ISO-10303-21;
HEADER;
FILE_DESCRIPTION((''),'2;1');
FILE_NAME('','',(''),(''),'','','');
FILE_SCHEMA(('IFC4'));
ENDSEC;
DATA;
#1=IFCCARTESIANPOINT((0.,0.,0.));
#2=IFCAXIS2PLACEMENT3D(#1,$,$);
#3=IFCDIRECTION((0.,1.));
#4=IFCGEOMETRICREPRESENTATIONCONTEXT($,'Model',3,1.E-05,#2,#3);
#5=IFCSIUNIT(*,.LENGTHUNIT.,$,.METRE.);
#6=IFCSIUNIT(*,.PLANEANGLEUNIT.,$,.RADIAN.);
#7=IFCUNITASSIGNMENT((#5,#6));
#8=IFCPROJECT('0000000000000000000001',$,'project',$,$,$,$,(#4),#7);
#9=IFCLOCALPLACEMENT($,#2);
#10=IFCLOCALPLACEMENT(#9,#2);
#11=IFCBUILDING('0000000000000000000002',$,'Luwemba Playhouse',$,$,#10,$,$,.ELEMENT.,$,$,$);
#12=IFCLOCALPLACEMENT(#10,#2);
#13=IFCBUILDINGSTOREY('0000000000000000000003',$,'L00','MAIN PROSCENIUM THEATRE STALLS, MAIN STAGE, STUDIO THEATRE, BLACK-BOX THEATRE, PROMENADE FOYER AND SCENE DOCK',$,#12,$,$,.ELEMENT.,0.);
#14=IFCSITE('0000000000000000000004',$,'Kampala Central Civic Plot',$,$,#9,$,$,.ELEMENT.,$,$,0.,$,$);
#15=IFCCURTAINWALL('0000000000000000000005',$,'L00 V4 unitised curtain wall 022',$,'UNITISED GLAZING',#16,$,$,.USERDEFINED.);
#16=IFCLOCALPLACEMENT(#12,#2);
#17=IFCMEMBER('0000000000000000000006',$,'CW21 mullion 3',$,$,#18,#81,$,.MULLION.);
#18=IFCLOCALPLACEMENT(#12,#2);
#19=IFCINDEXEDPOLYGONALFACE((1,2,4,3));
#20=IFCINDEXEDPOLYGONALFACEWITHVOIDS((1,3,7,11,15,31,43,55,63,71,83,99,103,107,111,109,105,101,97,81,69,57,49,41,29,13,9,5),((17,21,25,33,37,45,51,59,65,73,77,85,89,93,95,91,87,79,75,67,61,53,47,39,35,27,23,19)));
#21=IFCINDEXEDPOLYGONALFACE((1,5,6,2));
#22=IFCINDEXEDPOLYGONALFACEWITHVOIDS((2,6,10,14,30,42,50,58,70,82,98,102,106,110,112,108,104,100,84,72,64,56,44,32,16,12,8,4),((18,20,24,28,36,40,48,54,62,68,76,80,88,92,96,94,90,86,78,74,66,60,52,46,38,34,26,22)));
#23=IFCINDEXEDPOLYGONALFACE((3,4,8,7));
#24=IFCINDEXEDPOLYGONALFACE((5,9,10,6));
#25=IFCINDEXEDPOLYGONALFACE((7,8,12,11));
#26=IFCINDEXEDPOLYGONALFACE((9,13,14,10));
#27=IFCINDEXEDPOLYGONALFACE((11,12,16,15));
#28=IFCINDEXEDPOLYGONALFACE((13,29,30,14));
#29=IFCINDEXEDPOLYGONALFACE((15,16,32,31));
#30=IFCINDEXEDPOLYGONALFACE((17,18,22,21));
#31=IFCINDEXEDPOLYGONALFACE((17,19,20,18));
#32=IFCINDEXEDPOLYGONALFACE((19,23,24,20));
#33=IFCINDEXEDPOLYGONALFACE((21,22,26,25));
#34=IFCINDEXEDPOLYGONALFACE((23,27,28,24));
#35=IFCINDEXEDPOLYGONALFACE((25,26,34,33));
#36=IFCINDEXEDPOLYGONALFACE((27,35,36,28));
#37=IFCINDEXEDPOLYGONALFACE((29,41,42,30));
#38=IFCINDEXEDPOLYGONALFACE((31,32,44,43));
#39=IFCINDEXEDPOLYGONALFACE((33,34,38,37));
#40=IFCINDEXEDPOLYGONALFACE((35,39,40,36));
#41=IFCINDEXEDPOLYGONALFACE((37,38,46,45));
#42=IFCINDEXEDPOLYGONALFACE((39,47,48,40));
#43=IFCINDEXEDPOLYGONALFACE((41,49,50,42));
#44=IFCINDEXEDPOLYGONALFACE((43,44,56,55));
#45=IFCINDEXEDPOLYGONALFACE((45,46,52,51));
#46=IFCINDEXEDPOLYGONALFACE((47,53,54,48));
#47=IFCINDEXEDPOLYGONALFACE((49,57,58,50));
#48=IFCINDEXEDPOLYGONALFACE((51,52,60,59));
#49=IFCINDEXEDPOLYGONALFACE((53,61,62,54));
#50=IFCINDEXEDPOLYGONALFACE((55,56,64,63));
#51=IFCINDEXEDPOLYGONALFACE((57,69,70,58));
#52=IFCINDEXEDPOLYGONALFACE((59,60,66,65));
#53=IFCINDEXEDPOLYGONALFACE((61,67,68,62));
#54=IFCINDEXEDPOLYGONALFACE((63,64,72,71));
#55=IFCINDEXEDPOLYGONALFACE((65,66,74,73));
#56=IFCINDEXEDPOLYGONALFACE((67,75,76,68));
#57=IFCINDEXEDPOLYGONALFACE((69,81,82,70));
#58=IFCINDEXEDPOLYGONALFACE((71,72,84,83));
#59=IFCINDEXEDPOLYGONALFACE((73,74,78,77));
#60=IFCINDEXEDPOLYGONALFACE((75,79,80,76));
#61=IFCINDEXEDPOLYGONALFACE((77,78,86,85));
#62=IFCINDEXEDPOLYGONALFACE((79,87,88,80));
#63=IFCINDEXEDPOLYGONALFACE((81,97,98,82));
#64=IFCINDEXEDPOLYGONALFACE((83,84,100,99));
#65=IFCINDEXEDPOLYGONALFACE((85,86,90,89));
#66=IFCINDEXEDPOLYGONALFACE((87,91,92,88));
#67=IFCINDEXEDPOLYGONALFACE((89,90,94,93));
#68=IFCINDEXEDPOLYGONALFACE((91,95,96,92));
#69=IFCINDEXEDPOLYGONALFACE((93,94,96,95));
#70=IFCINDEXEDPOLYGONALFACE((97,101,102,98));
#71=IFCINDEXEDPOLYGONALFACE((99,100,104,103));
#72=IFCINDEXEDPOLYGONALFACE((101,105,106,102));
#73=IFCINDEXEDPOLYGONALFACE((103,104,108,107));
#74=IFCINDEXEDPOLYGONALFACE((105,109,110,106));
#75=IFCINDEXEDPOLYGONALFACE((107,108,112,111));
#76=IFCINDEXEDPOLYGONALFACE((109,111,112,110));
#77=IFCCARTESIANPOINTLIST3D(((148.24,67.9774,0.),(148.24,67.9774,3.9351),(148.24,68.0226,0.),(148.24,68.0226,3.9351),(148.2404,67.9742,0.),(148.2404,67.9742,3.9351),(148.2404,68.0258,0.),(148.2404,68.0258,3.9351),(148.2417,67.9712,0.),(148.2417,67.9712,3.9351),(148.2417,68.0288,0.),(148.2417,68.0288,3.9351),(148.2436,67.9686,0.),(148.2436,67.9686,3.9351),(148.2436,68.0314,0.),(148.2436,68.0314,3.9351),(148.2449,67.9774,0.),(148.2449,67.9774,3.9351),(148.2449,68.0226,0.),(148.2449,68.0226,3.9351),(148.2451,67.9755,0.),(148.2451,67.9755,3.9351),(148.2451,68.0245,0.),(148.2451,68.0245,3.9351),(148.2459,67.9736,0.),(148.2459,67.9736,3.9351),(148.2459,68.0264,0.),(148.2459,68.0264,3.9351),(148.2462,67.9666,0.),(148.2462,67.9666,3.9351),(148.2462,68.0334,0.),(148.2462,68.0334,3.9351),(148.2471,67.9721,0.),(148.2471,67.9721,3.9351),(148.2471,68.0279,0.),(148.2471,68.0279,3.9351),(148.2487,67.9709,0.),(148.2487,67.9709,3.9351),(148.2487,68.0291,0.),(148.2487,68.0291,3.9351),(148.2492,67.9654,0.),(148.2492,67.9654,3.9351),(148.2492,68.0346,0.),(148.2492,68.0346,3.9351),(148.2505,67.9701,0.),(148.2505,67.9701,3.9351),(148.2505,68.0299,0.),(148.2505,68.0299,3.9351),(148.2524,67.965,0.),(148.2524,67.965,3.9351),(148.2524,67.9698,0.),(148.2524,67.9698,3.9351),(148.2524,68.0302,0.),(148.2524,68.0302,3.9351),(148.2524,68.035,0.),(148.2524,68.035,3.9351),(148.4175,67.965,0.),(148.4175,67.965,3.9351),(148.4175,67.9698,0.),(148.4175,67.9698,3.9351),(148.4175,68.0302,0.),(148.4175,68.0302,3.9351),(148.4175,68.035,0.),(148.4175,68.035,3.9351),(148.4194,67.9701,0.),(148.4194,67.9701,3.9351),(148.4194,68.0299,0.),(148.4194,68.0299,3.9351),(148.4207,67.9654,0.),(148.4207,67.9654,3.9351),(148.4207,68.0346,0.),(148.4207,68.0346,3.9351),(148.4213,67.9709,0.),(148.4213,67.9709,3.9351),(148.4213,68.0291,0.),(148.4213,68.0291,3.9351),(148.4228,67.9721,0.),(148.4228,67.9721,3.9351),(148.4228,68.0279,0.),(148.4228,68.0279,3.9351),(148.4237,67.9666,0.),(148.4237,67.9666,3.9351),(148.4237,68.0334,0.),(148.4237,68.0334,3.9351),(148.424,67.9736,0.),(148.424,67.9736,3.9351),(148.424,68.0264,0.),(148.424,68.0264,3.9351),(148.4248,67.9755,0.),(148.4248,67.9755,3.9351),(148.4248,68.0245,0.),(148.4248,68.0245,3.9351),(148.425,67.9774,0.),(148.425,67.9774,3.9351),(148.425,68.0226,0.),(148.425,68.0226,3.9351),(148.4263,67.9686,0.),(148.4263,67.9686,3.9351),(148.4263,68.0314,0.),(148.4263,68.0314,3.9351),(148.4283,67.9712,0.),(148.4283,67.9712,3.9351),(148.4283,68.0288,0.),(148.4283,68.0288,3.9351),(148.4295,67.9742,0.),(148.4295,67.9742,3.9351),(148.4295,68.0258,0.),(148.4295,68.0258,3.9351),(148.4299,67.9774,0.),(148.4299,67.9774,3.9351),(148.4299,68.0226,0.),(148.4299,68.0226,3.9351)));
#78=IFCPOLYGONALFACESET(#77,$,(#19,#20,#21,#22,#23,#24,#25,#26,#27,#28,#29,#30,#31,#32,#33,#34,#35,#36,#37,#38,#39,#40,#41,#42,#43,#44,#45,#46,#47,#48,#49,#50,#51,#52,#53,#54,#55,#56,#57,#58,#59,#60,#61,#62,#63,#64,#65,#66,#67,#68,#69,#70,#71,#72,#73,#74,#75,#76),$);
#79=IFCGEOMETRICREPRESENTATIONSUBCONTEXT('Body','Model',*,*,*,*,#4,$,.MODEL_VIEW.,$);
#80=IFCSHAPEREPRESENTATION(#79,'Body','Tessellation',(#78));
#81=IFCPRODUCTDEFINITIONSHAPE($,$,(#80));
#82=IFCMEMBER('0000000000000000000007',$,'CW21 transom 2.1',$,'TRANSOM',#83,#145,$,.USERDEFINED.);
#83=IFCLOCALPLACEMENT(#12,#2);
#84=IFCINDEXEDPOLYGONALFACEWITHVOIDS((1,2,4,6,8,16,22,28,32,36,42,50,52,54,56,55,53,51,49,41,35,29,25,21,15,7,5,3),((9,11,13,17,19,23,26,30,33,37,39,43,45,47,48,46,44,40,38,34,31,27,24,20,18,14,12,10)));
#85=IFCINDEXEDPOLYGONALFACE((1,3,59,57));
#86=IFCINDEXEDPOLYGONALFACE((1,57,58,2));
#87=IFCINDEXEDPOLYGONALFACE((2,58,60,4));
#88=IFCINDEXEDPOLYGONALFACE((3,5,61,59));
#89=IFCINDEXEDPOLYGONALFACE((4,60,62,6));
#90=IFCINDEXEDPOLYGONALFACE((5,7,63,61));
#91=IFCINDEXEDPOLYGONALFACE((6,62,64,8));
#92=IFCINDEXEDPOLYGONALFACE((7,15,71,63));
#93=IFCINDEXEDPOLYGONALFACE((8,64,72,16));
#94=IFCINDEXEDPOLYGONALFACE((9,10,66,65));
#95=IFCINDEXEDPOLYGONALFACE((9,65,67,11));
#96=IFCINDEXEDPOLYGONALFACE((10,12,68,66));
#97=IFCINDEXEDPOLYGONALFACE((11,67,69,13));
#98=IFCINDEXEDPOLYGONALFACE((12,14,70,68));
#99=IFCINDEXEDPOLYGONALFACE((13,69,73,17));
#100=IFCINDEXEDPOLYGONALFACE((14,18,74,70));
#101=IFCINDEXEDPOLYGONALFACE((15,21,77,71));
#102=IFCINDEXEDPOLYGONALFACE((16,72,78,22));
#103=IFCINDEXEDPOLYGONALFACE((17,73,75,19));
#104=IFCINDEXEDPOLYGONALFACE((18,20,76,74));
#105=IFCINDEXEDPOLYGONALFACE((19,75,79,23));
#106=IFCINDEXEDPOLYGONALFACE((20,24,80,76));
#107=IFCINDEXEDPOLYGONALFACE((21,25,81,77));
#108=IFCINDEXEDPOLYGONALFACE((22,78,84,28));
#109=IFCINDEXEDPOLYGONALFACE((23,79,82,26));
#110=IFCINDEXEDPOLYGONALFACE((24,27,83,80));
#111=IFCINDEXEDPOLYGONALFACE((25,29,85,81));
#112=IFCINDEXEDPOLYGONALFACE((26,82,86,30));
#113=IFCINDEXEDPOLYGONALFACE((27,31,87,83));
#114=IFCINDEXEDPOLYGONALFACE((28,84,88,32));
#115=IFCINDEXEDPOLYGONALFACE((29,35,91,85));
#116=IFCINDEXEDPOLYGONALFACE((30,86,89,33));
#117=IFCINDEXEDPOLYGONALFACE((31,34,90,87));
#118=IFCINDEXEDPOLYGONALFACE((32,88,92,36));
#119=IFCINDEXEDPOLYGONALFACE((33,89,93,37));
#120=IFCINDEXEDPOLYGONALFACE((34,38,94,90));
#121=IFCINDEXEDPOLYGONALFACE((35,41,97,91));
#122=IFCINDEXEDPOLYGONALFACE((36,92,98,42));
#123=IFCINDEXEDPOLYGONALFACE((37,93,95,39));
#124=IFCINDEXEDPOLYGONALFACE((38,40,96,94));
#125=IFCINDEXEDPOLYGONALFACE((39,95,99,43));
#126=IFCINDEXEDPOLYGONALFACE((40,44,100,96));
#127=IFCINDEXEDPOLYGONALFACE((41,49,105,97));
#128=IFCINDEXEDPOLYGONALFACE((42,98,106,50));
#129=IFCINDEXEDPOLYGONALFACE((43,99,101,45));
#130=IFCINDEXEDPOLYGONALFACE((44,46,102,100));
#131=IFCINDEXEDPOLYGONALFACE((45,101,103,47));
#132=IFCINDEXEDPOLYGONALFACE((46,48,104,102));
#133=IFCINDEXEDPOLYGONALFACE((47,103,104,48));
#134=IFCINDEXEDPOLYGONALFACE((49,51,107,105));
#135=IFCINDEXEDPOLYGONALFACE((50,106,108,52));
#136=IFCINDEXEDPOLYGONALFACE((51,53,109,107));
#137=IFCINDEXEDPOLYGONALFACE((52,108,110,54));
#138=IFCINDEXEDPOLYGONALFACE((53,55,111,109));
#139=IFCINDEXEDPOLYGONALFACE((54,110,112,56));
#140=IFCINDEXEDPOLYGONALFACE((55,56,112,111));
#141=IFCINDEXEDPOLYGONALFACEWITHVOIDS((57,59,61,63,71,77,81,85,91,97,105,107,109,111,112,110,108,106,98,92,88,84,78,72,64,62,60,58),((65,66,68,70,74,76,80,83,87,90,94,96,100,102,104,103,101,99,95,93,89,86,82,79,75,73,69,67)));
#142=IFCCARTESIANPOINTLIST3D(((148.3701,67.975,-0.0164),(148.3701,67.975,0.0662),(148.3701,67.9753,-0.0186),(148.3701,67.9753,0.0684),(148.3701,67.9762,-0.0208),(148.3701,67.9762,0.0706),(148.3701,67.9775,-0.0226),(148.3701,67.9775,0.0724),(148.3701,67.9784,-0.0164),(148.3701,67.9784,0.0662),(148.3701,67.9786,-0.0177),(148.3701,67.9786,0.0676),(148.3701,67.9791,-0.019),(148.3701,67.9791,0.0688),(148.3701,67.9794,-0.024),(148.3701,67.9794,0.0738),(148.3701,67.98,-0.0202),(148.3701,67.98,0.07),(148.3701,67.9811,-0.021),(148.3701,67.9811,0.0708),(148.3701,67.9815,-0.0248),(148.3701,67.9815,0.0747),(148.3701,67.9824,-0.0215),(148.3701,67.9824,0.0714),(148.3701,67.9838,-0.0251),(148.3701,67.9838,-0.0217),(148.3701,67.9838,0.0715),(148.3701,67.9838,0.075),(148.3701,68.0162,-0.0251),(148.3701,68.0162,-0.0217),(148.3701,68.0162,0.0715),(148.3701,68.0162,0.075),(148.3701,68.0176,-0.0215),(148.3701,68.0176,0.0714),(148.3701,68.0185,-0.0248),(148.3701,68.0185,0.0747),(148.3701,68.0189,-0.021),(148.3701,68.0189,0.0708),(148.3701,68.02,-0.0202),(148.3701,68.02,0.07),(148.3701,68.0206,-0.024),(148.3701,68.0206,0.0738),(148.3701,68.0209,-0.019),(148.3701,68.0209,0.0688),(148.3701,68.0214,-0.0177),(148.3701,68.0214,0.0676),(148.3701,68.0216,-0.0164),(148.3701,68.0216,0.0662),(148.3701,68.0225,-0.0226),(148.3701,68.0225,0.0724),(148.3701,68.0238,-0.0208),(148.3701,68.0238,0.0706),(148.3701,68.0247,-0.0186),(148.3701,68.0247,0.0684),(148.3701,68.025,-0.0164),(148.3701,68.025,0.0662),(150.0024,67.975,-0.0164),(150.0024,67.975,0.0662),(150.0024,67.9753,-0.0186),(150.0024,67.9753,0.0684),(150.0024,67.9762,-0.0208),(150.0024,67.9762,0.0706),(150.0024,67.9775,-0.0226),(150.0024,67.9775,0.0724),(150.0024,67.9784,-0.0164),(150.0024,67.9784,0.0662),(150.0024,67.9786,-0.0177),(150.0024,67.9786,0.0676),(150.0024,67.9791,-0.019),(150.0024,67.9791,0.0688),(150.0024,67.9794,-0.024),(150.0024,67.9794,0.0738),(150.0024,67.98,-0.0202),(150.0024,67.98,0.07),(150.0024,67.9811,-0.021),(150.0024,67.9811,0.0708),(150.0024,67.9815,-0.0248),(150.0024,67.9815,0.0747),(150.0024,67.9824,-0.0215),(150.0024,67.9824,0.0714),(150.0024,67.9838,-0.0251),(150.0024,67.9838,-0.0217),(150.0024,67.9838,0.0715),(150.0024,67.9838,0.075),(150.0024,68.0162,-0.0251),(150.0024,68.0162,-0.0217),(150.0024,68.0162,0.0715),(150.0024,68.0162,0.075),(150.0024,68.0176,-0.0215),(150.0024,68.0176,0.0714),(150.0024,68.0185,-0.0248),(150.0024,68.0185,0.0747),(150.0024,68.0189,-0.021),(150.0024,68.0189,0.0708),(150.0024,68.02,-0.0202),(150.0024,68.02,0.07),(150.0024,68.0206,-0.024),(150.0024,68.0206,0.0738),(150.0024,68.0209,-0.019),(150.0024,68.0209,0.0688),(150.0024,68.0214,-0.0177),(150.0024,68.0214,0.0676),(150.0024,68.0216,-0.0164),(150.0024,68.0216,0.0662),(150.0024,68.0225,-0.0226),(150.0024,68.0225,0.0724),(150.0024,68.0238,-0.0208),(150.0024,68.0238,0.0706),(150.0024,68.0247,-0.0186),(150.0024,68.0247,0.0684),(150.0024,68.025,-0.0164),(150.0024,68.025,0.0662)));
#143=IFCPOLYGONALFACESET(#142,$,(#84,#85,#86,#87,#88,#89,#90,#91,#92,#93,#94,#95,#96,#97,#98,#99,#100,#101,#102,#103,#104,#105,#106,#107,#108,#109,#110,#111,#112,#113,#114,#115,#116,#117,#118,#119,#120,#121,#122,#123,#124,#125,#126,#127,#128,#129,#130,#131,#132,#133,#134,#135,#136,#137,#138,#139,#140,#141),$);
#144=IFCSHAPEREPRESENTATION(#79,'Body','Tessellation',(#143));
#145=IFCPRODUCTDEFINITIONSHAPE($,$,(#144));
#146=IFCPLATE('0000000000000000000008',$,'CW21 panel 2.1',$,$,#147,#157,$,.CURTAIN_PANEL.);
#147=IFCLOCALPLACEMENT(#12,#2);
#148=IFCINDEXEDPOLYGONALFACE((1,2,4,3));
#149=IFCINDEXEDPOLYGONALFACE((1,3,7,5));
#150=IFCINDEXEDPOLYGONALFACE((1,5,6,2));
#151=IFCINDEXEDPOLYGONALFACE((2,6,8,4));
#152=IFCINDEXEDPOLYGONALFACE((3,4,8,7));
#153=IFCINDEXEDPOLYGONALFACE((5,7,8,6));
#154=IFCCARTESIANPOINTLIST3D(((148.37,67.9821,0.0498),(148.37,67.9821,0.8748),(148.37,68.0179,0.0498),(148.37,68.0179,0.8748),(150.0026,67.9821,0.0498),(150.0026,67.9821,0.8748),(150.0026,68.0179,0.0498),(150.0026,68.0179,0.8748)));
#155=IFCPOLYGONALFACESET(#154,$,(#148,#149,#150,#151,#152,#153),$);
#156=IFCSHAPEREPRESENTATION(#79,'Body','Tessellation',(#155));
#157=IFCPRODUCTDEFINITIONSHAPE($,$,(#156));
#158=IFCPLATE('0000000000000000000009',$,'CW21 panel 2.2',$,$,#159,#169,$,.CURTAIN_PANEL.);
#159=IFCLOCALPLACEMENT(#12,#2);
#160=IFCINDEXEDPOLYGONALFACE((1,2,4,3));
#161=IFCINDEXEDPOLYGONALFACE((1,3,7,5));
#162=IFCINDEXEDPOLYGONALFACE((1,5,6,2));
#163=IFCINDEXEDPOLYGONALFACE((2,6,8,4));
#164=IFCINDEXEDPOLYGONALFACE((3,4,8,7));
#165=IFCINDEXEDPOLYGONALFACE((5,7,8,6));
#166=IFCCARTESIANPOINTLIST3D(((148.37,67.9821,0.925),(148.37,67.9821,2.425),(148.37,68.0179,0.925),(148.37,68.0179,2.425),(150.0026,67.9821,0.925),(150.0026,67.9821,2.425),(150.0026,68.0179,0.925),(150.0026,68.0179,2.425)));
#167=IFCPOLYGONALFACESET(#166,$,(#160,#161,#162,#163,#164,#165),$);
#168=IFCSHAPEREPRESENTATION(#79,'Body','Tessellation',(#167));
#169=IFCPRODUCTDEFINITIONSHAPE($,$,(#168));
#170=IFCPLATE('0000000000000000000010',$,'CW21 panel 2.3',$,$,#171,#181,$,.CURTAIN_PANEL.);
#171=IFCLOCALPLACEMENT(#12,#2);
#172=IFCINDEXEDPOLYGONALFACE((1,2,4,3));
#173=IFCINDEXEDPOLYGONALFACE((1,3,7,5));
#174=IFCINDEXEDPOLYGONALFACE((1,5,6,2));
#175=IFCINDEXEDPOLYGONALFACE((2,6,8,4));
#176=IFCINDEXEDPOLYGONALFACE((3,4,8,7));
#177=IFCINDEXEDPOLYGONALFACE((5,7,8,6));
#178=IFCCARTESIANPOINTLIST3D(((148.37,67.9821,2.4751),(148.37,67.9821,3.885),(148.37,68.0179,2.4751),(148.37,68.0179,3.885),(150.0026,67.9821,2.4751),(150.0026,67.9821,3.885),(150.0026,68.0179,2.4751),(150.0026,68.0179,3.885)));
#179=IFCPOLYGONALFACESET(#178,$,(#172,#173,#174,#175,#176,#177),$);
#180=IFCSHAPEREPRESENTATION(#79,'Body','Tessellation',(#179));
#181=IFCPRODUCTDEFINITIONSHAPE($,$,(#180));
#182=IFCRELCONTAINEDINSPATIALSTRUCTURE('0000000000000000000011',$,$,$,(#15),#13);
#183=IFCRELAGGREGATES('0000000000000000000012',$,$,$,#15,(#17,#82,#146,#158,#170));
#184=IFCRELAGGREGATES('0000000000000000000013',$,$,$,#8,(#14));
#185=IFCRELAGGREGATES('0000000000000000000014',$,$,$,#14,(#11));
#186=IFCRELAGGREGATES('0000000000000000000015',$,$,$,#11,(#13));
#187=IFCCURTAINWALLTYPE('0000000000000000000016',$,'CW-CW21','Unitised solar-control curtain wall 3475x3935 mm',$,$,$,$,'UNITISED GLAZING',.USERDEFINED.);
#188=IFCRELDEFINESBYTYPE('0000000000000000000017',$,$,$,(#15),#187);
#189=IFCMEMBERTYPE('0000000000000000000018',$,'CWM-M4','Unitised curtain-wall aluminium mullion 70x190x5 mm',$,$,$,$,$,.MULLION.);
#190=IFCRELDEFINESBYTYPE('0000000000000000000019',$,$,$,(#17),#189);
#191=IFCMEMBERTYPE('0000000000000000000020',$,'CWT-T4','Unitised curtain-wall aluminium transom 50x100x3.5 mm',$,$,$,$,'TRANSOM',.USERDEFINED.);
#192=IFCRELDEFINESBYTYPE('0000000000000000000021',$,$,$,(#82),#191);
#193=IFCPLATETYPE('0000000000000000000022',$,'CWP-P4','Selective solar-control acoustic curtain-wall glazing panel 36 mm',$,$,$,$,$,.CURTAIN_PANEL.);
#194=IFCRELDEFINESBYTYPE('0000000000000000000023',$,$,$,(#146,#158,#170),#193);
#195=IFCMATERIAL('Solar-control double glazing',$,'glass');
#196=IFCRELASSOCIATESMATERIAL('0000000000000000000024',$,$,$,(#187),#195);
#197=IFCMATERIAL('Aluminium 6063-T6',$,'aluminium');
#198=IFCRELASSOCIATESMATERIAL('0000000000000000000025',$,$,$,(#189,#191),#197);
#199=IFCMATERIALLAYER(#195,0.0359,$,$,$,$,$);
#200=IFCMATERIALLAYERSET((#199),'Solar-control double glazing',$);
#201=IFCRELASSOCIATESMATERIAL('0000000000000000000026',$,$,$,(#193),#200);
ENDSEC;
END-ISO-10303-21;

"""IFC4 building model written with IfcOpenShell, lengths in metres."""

from ifc_helpers import new_model, si_unit, direction, frame, origin, origin_2d, place, context, subcontext, project, spatial, rectangle, hollow_rectangle, extrude, material, layer, layer_set, material_profile, profile_set, type_object, element, aggregate, save


model = new_model("IFC4")

# Units and contexts
model_context = context("Model", 3, precision=1e-05, world=origin(), true_north=direction((0.0, 1.0)))
body_context = subcontext(model_context, "Body", "Model", "MODEL_VIEW")
ifc_project = project(units=[si_unit("LENGTHUNIT", "METRE"), si_unit("PLANEANGLEUNIT", "RADIAN")], contexts=[model_context])

# Site, building, storey
site_placement = place(None, origin())
site = spatial("IfcSite", under=ifc_project, at=site_placement, Name="Kampala Central Civic Plot", CompositionType="ELEMENT", RefElevation=0.0)
building_placement = place(site_placement, origin())
building = spatial("IfcBuilding", under=site, at=building_placement, Name="Luwemba Playhouse", CompositionType="ELEMENT")
storey_placement = place(building_placement, origin())
storey = spatial("IfcBuildingStorey", under=building, at=storey_placement, Name="L00", Description="MAIN PROSCENIUM THEATRE STALLS, MAIN STAGE, STUDIO THEATRE, BLACK-BOX THEATRE, PROMENADE FOYER AND SCENE DOCK", CompositionType="ELEMENT", Elevation=0.0)

# Curtain wall, members, plates
ifc_material_1 = material(Name="Solar-control double glazing", Category="glass")
curtain_wall_type = type_object("IfcCurtainWallType", Name="CW-CW21", Description="Unitised solar-control curtain wall 3475x3935 mm", ElementType="UNITISED GLAZING", PredefinedType="USERDEFINED", material=ifc_material_1)
curtain_wall_placement = place(storey_placement, origin())
curtain_wall = element("IfcCurtainWall", 1, at=curtain_wall_placement, inside=storey, type_object=curtain_wall_type, Name="L00 V4 unitised curtain wall 022", ObjectType="UNITISED GLAZING", PredefinedType="USERDEFINED")
ifc_material_2 = material(Name="Aluminium 6063-T6", Category="aluminium")
ifc_material_profile_1 = material_profile(ifc_material_2, hollow_rectangle(XDim=0.0701, YDim=0.1899, WallThickness=0.0049, InnerFilletRadius=0.0076, OuterFilletRadius=0.0125, at=origin_2d()))
ifc_profile_set_1 = profile_set([ifc_material_profile_1], Name="Aluminium 6063-T6")
member_type_1 = type_object("IfcMemberType", Name="CWM-M4", Description="Unitised curtain-wall aluminium mullion 70x190x5 mm", PredefinedType="MULLION", material=ifc_profile_set_1)
member_1_placement = place(storey_placement, frame((148.335, 68.0, 0.0), z_axis=(0.0, 0.0, 1.0), x_axis=(0.0, -1.0, 0.0)))
member_1 = element("IfcMember", 2, at=member_1_placement, type_object=member_type_1, Name="CW21 mullion 3", PredefinedType="MULLION", context=body_context, shape_type="SweptSolid", body=[
    extrude(hollow_rectangle(XDim=0.0701, YDim=0.1899, WallThickness=0.0049, InnerFilletRadius=0.0076, OuterFilletRadius=0.0125, at=origin_2d()), origin(), (0.0, 0.0, 1.0), 3.9351),
])
ifc_material_profile_2 = material_profile(ifc_material_2, hollow_rectangle(XDim=0.05, YDim=0.1001, WallThickness=0.0034, InnerFilletRadius=0.0054, OuterFilletRadius=0.0088, at=origin_2d()))
ifc_profile_set_2 = profile_set([ifc_material_profile_2], Name="Aluminium 6063-T6")
member_type_2 = type_object("IfcMemberType", Name="CWT-T4", Description="Unitised curtain-wall aluminium transom 50x100x3.5 mm", ElementType="TRANSOM", PredefinedType="USERDEFINED", material=ifc_profile_set_2)
member_2_placement = place(storey_placement, frame((150.0024, 68.0, 0.0249), z_axis=(-1.0, 0.0, 0.0), x_axis=(0.0, -1.0, 0.0)))
member_2 = element("IfcMember", 3, at=member_2_placement, type_object=member_type_2, Name="CW21 transom 2.1", ObjectType="TRANSOM", PredefinedType="USERDEFINED", context=body_context, shape_type="SweptSolid", body=[
    extrude(hollow_rectangle(XDim=0.05, YDim=0.1001, WallThickness=0.0034, InnerFilletRadius=0.0054, OuterFilletRadius=0.0088, at=origin_2d()), origin(), (0.0, 0.0, 1.0), 1.6323),
])
ifc_layer_1 = layer(ifc_material_1, 0.0359)
ifc_layer_set_1 = layer_set([ifc_layer_1], Name="Solar-control double glazing")
plate_type = type_object("IfcPlateType", Name="CWP-P4", Description="Selective solar-control acoustic curtain-wall glazing panel 36 mm", PredefinedType="CURTAIN_PANEL", material=ifc_layer_set_1)
plate_1_placement = place(storey_placement, frame((149.1863, 68.0, 0.0498), z_axis=(0.0, 0.0, 1.0), x_axis=(-1.0, 0.0, 0.0)))
plate_1 = element("IfcPlate", 4, at=plate_1_placement, type_object=plate_type, Name="CW21 panel 2.1", PredefinedType="CURTAIN_PANEL", context=body_context, shape_type="SweptSolid", body=[
    extrude(rectangle(XDim=1.6326, YDim=0.0359, at=origin_2d()), origin(), (0.0, 0.0, 1.0), 0.825),
])
plate_2_placement = place(storey_placement, frame((149.1863, 68.0, 0.925), z_axis=(0.0, 0.0, 1.0), x_axis=(-1.0, 0.0, 0.0)))
plate_2 = element("IfcPlate", 5, at=plate_2_placement, type_object=plate_type, Name="CW21 panel 2.2", PredefinedType="CURTAIN_PANEL", context=body_context, shape_type="SweptSolid", body=[
    extrude(rectangle(XDim=1.6326, YDim=0.0359, at=origin_2d()), origin(), (0.0, 0.0, 1.0), 1.5),
])
plate_3_placement = place(storey_placement, frame((149.1863, 68.0, 2.4751), z_axis=(0.0, 0.0, 1.0), x_axis=(-1.0, 0.0, 0.0)))
plate_3 = element("IfcPlate", 6, at=plate_3_placement, type_object=plate_type, Name="CW21 panel 2.3", PredefinedType="CURTAIN_PANEL", context=body_context, shape_type="SweptSolid", body=[
    extrude(rectangle(XDim=1.6326, YDim=0.0359, at=origin_2d()), origin(), (0.0, 0.0, 1.0), 1.4099),
])
aggregate(curtain_wall, [member_1, member_2, plate_1, plate_2, plate_3])

save(model, "model.ifc")
